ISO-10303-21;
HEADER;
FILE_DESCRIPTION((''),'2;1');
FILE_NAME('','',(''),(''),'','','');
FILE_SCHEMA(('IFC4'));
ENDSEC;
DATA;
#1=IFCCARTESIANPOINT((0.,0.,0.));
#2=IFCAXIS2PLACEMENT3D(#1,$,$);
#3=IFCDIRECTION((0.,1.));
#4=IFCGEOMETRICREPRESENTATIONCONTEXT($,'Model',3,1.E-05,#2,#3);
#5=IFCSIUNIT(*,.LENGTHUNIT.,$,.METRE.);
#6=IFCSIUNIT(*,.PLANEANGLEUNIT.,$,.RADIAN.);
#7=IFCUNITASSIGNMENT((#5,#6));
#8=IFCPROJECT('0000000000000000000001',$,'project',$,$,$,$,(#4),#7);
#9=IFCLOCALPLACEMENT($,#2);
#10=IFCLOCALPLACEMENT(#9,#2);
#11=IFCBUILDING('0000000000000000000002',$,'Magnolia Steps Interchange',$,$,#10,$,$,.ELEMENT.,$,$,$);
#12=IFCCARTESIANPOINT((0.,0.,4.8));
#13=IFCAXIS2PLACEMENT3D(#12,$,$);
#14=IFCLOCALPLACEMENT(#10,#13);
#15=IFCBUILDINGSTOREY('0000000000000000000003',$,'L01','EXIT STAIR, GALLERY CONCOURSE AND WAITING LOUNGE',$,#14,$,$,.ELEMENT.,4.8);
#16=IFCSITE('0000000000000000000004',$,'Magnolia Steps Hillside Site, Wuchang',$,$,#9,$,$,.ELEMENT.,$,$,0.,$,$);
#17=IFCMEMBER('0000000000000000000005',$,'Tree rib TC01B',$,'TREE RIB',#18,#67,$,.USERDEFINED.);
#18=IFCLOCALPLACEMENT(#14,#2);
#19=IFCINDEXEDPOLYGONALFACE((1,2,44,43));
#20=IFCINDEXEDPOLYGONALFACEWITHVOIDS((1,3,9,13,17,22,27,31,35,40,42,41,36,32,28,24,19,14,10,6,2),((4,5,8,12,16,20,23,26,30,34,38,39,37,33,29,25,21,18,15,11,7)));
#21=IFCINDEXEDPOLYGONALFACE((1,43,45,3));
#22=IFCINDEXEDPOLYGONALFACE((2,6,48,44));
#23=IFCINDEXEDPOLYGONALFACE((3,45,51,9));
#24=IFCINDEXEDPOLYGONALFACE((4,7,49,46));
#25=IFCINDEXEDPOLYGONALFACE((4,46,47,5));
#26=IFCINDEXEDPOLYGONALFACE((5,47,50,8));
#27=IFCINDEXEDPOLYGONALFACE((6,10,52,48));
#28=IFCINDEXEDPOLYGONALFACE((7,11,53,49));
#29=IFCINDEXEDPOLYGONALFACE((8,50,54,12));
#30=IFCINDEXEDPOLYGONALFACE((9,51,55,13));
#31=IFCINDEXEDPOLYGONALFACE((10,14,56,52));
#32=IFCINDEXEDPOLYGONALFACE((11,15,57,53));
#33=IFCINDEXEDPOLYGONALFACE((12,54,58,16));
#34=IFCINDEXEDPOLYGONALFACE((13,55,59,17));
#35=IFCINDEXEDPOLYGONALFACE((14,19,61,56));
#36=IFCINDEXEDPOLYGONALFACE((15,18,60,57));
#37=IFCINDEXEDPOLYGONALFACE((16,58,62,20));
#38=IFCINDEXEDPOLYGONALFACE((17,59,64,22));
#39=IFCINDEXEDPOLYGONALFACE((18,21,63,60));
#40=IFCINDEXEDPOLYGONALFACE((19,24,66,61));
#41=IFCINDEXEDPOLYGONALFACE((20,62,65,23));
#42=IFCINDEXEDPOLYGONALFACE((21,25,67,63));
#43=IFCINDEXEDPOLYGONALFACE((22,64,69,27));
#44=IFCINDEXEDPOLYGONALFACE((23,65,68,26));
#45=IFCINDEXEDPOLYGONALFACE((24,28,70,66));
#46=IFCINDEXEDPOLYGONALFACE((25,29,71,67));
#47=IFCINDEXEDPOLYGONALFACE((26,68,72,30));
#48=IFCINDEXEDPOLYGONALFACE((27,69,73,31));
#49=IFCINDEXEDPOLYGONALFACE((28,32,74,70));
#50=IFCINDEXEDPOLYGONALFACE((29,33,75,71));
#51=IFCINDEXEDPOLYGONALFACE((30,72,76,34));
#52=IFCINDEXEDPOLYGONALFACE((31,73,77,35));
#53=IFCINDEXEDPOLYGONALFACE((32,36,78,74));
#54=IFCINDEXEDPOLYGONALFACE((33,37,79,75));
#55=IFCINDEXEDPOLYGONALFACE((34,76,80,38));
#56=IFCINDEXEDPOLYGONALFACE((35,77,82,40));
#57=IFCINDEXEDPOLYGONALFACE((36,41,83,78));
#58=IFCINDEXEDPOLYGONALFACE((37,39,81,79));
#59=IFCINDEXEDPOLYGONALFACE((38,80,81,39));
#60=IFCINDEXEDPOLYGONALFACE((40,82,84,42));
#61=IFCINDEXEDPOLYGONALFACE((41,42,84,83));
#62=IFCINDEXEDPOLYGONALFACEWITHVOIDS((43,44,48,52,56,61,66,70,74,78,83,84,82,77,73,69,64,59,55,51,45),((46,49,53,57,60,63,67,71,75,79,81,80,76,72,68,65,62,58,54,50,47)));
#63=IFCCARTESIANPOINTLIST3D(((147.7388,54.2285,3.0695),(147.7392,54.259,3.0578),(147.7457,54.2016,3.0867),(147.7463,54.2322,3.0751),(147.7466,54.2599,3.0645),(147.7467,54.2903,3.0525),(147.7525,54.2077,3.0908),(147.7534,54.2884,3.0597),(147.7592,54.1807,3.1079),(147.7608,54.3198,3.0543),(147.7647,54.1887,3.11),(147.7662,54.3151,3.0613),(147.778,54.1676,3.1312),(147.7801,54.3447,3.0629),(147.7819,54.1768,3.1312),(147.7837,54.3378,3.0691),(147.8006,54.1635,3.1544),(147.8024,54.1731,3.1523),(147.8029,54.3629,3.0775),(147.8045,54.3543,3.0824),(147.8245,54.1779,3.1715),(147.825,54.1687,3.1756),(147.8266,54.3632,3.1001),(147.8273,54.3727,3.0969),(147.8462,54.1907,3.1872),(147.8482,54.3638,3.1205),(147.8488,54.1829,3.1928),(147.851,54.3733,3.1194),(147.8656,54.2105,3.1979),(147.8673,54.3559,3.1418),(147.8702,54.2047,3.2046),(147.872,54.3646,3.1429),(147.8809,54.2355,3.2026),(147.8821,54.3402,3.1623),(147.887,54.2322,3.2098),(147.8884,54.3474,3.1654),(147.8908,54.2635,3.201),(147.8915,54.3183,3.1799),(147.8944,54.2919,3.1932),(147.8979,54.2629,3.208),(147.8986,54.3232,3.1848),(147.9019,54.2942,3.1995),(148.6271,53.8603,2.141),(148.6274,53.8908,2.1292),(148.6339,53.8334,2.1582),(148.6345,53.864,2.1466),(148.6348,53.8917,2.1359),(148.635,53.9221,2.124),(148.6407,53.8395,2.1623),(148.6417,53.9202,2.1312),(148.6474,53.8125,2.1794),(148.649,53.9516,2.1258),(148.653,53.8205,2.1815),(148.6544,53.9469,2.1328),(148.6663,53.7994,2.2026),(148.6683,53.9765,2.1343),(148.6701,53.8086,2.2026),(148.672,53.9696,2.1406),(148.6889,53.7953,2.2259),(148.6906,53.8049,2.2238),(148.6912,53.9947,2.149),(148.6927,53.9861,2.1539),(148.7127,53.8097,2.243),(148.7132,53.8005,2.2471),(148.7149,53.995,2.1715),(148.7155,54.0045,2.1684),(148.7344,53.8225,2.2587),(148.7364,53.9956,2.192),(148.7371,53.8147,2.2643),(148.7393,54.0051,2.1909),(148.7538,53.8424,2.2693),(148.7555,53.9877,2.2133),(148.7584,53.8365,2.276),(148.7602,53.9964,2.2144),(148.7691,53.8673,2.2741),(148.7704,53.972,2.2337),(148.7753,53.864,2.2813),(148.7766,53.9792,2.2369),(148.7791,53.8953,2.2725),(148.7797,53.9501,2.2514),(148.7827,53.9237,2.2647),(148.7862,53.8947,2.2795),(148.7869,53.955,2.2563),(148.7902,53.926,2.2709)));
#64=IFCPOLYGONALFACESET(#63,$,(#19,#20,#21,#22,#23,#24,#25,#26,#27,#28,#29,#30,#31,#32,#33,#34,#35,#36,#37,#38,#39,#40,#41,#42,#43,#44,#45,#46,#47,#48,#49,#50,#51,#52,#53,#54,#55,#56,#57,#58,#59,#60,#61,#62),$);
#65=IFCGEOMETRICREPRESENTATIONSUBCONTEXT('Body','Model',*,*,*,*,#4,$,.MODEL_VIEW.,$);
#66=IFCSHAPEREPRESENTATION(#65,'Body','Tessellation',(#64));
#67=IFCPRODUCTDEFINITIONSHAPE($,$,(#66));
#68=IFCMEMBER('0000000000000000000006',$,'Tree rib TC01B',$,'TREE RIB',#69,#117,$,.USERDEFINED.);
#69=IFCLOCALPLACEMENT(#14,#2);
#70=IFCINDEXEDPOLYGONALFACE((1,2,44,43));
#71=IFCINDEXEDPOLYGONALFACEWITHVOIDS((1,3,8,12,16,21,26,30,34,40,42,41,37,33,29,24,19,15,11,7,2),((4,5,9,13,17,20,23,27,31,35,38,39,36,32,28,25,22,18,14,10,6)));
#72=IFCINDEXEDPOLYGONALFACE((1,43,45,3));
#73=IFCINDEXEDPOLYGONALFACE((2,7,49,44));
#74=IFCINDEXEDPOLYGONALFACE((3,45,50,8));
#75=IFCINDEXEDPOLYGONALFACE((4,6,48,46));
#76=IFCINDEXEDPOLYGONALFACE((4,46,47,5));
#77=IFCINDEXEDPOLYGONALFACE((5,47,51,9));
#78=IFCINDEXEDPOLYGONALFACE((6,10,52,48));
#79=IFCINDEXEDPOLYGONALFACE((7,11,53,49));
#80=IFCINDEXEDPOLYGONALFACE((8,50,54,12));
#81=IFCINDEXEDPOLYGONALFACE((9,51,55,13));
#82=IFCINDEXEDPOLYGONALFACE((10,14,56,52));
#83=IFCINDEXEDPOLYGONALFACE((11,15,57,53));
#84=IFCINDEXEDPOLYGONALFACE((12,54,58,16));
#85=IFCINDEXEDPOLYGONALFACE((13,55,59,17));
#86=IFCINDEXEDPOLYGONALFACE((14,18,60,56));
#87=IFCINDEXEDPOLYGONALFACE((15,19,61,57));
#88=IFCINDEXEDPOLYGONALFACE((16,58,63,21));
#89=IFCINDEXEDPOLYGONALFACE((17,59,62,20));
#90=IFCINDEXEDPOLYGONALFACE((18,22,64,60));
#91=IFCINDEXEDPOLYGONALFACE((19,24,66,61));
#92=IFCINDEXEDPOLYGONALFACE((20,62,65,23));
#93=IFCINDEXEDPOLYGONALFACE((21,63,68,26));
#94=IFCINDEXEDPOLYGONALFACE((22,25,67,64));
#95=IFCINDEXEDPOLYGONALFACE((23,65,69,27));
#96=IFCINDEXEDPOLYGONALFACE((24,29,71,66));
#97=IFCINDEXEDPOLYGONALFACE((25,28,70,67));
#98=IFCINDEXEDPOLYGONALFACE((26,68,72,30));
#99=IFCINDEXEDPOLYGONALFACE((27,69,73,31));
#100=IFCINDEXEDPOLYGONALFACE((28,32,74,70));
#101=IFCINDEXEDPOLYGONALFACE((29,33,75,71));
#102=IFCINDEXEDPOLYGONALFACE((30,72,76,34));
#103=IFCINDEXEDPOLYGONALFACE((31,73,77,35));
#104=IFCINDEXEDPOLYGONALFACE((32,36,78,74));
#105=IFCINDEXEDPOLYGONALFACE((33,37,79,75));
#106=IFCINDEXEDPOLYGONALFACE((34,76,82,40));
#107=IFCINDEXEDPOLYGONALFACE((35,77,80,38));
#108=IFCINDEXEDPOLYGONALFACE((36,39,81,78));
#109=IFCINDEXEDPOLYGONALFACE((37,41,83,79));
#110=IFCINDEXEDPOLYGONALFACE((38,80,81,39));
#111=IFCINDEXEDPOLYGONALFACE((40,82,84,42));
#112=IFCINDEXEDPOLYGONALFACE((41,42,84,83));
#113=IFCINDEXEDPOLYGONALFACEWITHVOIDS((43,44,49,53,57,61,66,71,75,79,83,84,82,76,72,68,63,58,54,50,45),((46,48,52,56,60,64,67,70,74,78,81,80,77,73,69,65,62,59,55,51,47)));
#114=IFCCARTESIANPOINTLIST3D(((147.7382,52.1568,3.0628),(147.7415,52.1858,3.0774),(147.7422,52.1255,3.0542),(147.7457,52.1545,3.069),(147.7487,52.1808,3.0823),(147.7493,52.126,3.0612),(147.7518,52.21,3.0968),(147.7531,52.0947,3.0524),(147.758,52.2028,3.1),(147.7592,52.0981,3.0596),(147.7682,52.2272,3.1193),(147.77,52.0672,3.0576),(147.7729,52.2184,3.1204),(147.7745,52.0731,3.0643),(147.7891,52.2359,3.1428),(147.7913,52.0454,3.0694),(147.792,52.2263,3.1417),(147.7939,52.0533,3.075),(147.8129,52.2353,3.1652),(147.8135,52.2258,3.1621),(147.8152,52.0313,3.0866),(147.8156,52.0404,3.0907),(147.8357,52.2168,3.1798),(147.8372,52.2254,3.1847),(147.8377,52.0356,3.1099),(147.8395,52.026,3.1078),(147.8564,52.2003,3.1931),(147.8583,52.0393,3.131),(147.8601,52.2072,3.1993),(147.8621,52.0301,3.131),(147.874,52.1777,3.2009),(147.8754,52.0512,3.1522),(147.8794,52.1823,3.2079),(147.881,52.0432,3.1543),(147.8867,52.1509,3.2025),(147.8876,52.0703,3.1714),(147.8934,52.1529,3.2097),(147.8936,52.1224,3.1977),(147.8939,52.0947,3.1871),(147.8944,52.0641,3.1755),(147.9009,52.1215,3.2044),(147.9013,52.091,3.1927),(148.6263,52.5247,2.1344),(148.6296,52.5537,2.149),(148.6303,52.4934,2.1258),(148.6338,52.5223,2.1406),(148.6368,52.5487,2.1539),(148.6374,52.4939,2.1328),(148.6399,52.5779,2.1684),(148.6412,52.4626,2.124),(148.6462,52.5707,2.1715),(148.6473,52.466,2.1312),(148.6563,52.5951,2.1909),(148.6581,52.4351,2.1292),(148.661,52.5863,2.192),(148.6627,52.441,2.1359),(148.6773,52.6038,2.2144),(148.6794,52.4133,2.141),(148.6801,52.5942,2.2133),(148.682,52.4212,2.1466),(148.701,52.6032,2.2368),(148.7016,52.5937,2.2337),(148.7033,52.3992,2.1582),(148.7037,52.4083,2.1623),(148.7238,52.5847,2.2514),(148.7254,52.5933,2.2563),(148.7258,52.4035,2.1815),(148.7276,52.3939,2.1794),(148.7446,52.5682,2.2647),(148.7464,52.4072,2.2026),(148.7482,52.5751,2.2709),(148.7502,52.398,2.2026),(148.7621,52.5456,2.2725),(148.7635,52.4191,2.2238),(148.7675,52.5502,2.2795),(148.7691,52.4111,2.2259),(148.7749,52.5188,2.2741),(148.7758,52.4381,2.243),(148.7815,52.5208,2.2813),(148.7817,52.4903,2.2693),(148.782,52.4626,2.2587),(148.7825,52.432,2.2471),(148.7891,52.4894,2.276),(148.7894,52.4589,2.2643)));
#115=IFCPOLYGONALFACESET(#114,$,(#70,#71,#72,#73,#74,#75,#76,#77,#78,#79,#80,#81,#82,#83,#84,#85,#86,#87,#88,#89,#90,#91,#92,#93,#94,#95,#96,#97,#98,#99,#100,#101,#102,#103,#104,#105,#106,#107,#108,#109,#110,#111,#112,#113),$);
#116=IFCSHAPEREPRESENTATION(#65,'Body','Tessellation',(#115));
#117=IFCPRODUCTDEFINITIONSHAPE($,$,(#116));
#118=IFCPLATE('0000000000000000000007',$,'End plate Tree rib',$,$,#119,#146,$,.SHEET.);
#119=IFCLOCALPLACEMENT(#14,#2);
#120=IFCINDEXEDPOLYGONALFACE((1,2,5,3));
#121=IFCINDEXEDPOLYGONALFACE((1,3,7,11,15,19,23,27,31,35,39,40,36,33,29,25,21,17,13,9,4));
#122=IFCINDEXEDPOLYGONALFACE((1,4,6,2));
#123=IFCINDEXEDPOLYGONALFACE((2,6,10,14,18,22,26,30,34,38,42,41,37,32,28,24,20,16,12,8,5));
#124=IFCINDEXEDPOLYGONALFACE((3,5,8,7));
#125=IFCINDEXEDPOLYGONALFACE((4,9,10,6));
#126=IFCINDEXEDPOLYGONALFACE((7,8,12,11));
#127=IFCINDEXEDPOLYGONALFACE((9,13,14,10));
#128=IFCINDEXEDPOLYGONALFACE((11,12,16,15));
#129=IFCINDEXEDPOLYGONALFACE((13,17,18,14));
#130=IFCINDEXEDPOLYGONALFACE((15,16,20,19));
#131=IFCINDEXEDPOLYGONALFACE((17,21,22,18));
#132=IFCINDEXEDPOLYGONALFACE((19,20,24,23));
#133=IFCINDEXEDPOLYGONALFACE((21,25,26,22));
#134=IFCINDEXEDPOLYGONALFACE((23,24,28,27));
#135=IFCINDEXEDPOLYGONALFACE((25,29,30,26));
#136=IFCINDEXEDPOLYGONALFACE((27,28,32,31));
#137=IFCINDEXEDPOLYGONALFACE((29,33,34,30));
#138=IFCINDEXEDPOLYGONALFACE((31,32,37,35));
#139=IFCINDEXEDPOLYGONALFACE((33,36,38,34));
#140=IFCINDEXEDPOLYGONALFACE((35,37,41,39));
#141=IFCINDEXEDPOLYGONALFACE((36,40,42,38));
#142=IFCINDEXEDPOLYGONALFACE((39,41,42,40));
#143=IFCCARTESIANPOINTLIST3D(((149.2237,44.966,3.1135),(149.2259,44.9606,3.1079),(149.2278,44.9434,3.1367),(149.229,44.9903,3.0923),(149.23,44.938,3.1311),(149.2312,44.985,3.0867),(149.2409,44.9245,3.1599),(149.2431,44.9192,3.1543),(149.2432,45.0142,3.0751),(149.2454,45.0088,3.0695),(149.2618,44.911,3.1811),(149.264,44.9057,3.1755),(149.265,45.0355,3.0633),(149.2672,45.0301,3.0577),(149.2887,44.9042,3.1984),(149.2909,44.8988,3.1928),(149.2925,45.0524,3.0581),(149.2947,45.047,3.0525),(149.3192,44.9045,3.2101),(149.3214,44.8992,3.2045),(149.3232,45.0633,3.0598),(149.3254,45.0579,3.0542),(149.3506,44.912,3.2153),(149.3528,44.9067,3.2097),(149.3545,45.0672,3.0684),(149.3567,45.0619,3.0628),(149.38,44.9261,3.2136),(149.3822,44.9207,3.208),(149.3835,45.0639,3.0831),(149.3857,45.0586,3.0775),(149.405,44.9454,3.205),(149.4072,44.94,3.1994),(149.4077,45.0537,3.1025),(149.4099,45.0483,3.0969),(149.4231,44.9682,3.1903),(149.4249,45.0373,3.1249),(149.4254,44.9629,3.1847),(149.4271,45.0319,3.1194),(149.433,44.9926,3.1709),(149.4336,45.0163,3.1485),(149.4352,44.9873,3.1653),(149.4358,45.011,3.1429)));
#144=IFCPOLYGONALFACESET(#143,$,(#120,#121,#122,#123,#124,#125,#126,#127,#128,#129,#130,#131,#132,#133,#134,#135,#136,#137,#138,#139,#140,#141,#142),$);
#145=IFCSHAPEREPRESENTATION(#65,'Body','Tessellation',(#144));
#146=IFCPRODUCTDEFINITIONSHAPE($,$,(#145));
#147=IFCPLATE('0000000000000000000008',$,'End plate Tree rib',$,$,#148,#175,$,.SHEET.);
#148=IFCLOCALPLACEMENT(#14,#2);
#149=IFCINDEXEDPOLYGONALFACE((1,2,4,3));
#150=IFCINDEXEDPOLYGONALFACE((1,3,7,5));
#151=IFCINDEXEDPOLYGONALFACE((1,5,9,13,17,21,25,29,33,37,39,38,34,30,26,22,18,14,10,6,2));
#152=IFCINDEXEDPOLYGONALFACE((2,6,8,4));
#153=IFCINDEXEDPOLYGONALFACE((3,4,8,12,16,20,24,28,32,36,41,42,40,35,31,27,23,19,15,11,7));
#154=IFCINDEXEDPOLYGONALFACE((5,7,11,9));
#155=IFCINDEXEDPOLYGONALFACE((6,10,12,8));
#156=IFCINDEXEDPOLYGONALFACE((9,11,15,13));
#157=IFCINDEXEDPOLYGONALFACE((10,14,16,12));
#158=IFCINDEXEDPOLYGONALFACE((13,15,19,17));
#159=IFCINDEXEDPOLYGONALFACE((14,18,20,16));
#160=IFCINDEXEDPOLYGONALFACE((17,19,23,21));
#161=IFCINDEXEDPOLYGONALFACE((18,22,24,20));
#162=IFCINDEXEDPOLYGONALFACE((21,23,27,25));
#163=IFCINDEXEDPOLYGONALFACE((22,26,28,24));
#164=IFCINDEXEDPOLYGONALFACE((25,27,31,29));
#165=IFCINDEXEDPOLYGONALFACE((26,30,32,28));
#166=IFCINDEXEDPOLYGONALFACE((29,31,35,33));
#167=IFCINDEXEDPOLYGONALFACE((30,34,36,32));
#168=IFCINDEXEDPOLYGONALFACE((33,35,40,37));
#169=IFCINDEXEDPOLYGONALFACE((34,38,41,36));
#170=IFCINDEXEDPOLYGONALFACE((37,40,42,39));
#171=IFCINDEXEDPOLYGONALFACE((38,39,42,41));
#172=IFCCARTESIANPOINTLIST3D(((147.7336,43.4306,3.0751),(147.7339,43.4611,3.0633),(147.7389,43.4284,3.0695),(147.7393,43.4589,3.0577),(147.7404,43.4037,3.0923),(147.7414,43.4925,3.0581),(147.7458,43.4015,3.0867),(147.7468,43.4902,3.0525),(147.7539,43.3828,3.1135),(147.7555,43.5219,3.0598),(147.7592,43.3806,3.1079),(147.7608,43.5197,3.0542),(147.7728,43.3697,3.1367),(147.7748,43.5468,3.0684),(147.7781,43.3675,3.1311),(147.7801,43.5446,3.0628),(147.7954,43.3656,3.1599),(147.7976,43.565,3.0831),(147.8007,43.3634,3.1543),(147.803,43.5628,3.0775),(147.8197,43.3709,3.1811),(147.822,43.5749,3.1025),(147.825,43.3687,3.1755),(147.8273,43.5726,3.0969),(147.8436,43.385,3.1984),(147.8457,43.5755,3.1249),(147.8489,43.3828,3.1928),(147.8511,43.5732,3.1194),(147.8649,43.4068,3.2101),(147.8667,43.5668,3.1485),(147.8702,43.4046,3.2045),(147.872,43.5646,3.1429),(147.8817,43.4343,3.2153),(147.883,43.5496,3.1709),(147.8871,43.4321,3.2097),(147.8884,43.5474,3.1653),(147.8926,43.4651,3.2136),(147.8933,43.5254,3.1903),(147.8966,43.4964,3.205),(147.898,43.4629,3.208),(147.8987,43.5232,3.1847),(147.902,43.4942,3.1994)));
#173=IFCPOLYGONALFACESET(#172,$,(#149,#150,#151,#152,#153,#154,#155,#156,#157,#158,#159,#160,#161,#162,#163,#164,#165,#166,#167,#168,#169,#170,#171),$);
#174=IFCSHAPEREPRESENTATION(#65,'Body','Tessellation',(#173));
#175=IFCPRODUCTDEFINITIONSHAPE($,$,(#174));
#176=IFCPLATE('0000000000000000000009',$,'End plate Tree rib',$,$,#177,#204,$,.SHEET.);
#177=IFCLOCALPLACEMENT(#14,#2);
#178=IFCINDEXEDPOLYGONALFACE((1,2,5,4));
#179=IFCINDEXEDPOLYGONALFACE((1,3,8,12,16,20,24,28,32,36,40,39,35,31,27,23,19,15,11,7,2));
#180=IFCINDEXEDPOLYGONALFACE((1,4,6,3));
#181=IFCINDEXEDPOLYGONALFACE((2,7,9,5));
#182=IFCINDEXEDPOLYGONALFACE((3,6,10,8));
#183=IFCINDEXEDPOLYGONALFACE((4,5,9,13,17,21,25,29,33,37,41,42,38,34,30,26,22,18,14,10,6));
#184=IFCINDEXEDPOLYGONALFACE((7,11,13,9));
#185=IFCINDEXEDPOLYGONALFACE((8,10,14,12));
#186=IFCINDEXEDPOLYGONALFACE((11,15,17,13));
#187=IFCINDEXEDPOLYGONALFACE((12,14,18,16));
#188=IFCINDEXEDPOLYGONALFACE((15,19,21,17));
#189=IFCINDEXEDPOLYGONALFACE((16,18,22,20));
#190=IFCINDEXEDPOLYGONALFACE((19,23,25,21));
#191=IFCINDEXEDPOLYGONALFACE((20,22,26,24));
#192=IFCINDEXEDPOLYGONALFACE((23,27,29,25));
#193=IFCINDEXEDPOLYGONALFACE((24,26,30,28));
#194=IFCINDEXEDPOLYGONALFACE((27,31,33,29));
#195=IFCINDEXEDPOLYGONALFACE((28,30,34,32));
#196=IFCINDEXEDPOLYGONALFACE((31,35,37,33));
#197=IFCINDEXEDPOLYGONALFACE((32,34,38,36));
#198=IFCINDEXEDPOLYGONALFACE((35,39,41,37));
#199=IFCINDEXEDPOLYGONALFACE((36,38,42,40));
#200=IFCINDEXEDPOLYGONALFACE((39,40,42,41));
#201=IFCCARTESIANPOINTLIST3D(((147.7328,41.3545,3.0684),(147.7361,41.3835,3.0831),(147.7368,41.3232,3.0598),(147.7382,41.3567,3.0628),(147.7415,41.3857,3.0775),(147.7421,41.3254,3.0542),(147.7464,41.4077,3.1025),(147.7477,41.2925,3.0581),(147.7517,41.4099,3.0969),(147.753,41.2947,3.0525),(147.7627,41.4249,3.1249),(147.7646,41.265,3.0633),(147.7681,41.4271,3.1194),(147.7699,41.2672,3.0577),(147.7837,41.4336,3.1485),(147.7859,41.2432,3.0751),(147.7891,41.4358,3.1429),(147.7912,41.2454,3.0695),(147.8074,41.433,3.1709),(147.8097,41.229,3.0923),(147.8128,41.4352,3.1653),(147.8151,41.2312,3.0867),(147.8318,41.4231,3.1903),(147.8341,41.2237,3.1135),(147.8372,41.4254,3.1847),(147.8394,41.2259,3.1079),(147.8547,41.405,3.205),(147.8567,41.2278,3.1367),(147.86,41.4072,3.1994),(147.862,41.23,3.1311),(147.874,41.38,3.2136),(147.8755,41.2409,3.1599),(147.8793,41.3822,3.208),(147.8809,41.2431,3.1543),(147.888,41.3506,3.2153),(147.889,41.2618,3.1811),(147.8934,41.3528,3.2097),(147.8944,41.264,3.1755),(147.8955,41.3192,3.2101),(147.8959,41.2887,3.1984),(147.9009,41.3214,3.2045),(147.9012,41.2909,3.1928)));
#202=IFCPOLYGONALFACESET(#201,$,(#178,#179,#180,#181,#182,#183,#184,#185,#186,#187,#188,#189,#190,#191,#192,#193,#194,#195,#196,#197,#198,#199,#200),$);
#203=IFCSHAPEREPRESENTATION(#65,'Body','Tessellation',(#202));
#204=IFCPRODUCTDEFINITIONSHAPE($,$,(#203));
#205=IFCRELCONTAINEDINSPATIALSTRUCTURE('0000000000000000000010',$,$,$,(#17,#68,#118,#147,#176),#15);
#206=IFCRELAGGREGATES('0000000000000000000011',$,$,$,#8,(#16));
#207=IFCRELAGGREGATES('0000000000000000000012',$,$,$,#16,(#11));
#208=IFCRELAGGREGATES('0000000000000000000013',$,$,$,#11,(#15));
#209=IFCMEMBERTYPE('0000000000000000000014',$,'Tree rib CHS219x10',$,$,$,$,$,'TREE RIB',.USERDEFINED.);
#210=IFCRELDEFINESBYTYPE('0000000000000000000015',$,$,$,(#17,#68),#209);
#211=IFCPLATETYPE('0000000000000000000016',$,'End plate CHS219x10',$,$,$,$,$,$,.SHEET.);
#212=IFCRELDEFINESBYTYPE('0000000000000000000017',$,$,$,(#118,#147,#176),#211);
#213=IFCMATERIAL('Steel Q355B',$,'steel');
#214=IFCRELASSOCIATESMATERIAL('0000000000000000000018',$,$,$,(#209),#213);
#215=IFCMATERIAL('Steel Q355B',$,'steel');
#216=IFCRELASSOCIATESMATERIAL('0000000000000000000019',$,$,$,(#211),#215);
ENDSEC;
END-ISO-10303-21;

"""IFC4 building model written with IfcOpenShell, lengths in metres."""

from ifc_helpers import new_model, si_unit, direction, frame, origin, origin_2d, place, context, subcontext, project, spatial, circle, hollow_circle, extrude, material, material_profile, profile_set, type_object, element, save


model = new_model("IFC4")

# Units and contexts
model_context = context("Model", 3, precision=1e-05, world=origin(), true_north=direction((0.0, 1.0)))
body_context = subcontext(model_context, "Body", "Model", "MODEL_VIEW")
ifc_project = project(units=[si_unit("LENGTHUNIT", "METRE"), si_unit("PLANEANGLEUNIT", "RADIAN")], contexts=[model_context])

# Site, building, storey
site_placement = place(None, origin())
site = spatial("IfcSite", under=ifc_project, at=site_placement, Name="Magnolia Steps Hillside Site, Wuchang", CompositionType="ELEMENT", RefElevation=0.0)
building_placement = place(site_placement, origin())
building = spatial("IfcBuilding", under=site, at=building_placement, Name="Magnolia Steps Interchange", CompositionType="ELEMENT")
storey_placement = place(building_placement, frame((0.0, 0.0, 4.8)))
storey = spatial("IfcBuildingStorey", under=building, at=storey_placement, Name="L01", Description="EXIT STAIR, GALLERY CONCOURSE AND WAITING LOUNGE", CompositionType="ELEMENT", Elevation=4.8)

# Members
ifc_material_1 = material(Name="Steel Q355B", Category="steel")
ifc_material_profile_1 = material_profile(ifc_material_1, hollow_circle(Radius=0.1096, WallThickness=0.01, at=origin_2d()), Name="CHS219x10")
ifc_profile_set_1 = profile_set([ifc_material_profile_1], Name="Steel Q355B")
member_type = type_object("IfcMemberType", Name="Tree rib CHS219x10", ElementType="TREE RIB", PredefinedType="USERDEFINED", material=ifc_profile_set_1)
member_1_placement = place(storey_placement, frame((148.7083, 53.9006, 2.2026), z_axis=(-0.664516, 0.275451, 0.694655), x_axis=(-0.38292, -0.923782, 0.0)))
element("IfcMember", 1, at=member_1_placement, inside=storey, type_object=member_type, Name="Tree rib TC01B", ObjectType="TREE RIB", PredefinedType="USERDEFINED", context=body_context, shape_type="SweptSolid", body=[
    extrude(hollow_circle(Radius=0.1096, WallThickness=0.01, at=origin_2d()), origin(), (0.0, 0.0, 1.0), 1.3367),
])
member_2_placement = place(storey_placement, frame((148.7083, 52.4993, 2.2026), z_axis=(-0.664549, -0.275282, 0.69469), x_axis=(0.382703, -0.923871, 0.0)))
element("IfcMember", 2, at=member_2_placement, inside=storey, type_object=member_type, Name="Tree rib TC01B", ObjectType="TREE RIB", PredefinedType="USERDEFINED", context=body_context, shape_type="SweptSolid", body=[
    extrude(hollow_circle(Radius=0.1096, WallThickness=0.01, at=origin_2d()), origin(), (0.0, 0.0, 1.0), 1.3364),
])

# Plates
ifc_material_2 = material(Name="Steel Q355B", Category="steel")
ifc_material_profile_2 = material_profile(ifc_material_2, circle(Radius=0.1096, at=origin_2d()), Name="End plate CHS219x10")
ifc_profile_set_2 = profile_set([ifc_material_profile_2], Name="Steel Q355B")
plate_type_1 = type_object("IfcPlateType", Name="End plate CHS219x10", PredefinedType="SHEET", material=ifc_profile_set_2)
for number, where, z_axis, x_axis, name in (
    (3, (149.3313, 44.98, 3.1311), (-0.275279, 0.664583, 0.694658), (-0.92388, -0.382683, 0.0), "End plate Tree rib"),
    (4, (147.8201, 43.4688, 3.1311), (-0.664583, 0.275279, 0.694658), (-0.382683, -0.92388, 0.0), "End plate Tree rib"),
    (5, (147.8201, 41.3313, 3.1311), (-0.664583, -0.275279, 0.694658), (0.382683, -0.92388, 0.0), "End plate Tree rib"),
):
    element("IfcPlate", number, at=place(storey_placement, frame(where, z_axis=z_axis, x_axis=x_axis)), inside=storey, type_object=plate_type_1, Name=name, PredefinedType="SHEET", context=body_context, shape_type="SweptSolid", body=[
        extrude(circle(Radius=0.1096, at=origin_2d()), origin(), (0.0, 0.0, 1.0), 0.0081),
    ])

save(model, "model.ifc")
